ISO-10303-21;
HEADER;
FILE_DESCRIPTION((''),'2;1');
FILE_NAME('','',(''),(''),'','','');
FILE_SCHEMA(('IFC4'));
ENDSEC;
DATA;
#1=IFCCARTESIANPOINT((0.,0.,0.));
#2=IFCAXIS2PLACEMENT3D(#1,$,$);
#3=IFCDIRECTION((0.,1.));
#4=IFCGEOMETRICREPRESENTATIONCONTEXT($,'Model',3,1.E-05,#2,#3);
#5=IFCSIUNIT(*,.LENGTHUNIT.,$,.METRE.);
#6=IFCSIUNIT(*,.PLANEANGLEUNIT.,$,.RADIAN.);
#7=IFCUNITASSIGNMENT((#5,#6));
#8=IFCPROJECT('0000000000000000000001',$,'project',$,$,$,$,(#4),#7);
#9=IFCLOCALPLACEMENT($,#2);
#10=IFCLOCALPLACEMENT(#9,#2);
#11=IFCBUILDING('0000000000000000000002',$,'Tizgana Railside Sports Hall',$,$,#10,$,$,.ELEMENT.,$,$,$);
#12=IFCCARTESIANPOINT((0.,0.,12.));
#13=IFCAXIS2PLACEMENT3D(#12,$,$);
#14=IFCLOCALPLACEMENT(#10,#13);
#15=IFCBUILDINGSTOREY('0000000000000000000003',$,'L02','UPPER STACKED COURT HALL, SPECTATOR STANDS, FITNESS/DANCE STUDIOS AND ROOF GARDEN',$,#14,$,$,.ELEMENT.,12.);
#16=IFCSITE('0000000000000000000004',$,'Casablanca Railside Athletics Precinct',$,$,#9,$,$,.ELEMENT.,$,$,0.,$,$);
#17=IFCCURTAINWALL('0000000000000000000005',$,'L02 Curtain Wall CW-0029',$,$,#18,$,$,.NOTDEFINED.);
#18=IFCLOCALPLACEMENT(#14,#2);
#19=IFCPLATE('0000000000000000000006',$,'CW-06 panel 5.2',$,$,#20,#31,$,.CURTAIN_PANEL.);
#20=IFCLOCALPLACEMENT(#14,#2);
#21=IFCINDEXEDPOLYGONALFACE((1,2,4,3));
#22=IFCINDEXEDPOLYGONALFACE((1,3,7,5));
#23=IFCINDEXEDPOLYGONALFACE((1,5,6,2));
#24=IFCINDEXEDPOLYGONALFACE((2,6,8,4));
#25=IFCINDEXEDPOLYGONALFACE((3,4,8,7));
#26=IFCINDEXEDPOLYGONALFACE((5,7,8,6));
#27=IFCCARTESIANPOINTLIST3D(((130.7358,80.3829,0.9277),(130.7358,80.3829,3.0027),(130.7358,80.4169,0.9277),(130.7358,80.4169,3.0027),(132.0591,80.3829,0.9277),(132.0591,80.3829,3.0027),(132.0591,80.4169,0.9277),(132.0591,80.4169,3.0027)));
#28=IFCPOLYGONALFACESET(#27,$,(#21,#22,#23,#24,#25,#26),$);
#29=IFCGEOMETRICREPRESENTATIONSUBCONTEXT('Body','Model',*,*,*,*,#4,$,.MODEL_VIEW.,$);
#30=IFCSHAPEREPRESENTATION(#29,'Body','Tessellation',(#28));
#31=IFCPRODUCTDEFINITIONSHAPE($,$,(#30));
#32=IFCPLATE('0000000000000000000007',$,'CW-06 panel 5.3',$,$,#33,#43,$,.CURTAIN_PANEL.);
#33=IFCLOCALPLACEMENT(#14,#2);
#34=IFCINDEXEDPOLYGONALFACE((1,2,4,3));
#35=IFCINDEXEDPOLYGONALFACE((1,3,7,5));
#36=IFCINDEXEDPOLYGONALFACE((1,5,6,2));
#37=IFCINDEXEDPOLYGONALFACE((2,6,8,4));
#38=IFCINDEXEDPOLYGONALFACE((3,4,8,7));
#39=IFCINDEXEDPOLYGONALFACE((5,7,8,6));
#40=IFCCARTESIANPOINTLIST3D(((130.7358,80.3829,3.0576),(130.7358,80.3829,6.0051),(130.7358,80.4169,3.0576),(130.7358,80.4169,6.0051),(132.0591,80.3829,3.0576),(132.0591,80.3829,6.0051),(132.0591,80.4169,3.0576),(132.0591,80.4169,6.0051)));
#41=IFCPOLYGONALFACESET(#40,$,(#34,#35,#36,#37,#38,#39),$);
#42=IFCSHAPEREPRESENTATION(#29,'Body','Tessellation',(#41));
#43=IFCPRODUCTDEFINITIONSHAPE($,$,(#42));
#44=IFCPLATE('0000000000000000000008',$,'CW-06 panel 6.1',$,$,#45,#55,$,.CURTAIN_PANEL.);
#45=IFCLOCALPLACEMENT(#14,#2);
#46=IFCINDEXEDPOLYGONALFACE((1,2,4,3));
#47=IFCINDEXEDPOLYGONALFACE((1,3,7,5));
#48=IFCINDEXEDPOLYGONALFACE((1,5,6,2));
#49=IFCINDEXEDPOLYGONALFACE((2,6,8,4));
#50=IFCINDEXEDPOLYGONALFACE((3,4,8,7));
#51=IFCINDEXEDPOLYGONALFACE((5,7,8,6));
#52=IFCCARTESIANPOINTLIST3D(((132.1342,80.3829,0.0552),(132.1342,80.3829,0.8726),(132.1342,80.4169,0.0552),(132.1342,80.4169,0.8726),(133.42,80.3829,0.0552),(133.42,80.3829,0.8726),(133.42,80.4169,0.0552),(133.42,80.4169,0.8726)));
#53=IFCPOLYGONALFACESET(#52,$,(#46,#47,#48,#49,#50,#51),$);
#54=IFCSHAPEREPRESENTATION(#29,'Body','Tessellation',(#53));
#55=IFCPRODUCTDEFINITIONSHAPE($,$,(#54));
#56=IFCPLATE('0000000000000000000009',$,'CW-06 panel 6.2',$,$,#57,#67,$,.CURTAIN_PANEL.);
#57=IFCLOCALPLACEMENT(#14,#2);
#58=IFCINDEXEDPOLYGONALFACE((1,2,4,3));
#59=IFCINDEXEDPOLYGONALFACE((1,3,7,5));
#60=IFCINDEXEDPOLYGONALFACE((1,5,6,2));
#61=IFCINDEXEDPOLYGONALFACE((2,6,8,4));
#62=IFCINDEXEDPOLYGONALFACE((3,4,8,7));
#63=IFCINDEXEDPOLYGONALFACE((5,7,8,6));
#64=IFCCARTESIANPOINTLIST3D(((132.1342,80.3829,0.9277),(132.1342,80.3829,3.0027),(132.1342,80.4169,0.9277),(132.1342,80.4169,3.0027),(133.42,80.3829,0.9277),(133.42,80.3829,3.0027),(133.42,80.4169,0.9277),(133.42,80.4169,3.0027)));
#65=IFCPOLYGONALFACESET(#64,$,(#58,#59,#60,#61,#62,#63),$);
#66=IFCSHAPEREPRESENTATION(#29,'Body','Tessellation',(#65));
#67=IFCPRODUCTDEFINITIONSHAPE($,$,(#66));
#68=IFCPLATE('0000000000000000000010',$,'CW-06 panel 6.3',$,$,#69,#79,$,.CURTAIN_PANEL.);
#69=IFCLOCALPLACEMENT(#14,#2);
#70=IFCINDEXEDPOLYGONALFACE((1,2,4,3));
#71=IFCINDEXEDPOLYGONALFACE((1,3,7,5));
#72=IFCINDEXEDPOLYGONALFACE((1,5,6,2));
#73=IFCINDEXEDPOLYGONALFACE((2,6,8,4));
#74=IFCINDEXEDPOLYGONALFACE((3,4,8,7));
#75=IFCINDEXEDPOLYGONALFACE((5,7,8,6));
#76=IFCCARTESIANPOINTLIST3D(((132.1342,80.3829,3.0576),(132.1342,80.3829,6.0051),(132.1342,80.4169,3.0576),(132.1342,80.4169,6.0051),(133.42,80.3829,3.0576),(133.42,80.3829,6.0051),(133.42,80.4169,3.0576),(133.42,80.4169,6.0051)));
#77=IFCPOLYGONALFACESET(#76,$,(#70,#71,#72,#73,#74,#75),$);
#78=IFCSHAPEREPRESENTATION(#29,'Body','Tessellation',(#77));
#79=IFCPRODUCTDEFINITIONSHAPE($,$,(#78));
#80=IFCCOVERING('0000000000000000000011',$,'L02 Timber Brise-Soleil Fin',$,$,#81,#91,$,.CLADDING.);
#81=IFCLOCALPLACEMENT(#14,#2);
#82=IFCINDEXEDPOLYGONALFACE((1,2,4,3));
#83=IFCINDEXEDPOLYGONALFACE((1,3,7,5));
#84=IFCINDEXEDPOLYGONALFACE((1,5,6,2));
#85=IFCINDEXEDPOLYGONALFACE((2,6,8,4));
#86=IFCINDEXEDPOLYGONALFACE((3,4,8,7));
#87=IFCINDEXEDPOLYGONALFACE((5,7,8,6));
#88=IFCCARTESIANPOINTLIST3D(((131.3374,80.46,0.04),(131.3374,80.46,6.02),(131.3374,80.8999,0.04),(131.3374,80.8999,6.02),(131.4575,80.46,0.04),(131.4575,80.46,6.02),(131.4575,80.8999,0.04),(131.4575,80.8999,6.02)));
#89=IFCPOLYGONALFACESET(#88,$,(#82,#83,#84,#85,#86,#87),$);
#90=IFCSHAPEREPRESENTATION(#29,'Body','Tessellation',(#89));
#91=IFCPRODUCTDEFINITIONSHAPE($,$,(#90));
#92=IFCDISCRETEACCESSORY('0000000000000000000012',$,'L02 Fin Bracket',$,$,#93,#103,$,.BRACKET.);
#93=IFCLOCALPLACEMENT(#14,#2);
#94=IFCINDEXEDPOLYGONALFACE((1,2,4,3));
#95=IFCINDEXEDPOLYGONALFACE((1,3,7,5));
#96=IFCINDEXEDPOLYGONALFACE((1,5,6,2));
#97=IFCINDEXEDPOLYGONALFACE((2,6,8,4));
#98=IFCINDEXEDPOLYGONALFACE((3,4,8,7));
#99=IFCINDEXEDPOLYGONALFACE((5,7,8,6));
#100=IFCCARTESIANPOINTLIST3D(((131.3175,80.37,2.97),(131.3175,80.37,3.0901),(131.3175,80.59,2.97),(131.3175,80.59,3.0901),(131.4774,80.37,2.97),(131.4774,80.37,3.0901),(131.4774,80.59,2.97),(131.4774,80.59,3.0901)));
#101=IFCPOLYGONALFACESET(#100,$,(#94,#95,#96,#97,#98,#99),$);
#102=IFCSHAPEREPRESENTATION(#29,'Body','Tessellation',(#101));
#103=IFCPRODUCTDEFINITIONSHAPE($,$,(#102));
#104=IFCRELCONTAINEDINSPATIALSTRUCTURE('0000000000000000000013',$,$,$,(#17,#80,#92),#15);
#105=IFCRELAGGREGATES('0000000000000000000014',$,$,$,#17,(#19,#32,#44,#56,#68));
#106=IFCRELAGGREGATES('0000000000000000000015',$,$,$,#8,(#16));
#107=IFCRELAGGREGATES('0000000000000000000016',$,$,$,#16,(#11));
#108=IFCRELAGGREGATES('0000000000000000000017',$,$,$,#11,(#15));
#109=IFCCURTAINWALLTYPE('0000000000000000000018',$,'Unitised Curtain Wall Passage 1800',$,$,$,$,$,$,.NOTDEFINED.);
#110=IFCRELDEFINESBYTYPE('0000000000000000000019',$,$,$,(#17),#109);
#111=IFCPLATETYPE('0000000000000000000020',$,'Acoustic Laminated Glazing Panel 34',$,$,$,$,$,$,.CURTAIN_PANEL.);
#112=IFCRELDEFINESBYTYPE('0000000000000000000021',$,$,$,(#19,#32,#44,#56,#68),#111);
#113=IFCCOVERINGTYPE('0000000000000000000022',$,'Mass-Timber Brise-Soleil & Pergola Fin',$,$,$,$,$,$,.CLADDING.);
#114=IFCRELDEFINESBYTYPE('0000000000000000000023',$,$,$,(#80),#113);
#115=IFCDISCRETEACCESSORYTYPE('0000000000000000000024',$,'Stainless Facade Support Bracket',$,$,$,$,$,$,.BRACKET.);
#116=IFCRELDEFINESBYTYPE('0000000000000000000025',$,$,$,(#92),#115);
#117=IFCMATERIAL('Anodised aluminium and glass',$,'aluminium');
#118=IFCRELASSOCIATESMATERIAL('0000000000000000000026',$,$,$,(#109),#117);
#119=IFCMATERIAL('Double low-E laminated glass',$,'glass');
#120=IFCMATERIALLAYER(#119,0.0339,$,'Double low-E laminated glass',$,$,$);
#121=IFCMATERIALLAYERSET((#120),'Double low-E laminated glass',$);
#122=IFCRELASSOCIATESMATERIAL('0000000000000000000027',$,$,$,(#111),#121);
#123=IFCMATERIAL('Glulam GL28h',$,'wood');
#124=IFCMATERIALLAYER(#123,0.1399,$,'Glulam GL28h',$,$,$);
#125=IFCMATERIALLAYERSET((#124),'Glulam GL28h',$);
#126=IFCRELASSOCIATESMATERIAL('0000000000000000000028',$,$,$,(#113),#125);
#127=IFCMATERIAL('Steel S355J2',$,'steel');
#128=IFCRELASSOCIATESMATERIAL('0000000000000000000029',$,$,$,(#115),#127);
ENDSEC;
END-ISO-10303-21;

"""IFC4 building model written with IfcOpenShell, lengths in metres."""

from ifc_helpers import new_model, si_unit, direction, frame, origin, origin_2d, place, context, subcontext, project, spatial, rectangle, extrude, material, layer, layer_set, type_object, element, aggregate, save


model = new_model("IFC4")

# Units and contexts
model_context = context("Model", 3, precision=1e-05, world=origin(), true_north=direction((0.0, 1.0)))
body_context = subcontext(model_context, "Body", "Model", "MODEL_VIEW")
ifc_project = project(units=[si_unit("LENGTHUNIT", "METRE"), si_unit("PLANEANGLEUNIT", "RADIAN")], contexts=[model_context])

# Site, building, storey
site_placement = place(None, origin())
site = spatial("IfcSite", under=ifc_project, at=site_placement, Name="Casablanca Railside Athletics Precinct", CompositionType="ELEMENT", RefElevation=0.0)
building_placement = place(site_placement, origin())
building = spatial("IfcBuilding", under=site, at=building_placement, Name="Tizgana Railside Sports Hall", CompositionType="ELEMENT")
storey_placement = place(building_placement, frame((0.0, 0.0, 12.0)))
storey = spatial("IfcBuildingStorey", under=building, at=storey_placement, Name="L02", Description="UPPER STACKED COURT HALL, SPECTATOR STANDS, FITNESS/DANCE STUDIOS AND ROOF GARDEN", CompositionType="ELEMENT", Elevation=12.0)

# Shared definitions
ifc_material_1 = material(Name="Steel S355J2", Category="steel")

# Shared definitions
ifc_material_2 = material(Name="Anodised aluminium and glass", Category="aluminium")

# Curtain wall
curtain_wall_type_1 = type_object("IfcCurtainWallType", Name="Unitised Curtain Wall Passage 1800", PredefinedType="NOTDEFINED", material=ifc_material_2)
curtain_wall_1_placement = place(storey_placement, origin())
curtain_wall_1 = element("IfcCurtainWall", 1, at=curtain_wall_1_placement, inside=storey, type_object=curtain_wall_type_1, Name="L02 Curtain Wall CW-0029", PredefinedType="NOTDEFINED")

# Plates
ifc_material_3 = material(Name="Double low-E laminated glass", Category="glass")
ifc_layer_1 = layer(ifc_material_3, 0.0339, Name="Double low-E laminated glass")
ifc_layer_set_1 = layer_set([ifc_layer_1], Name="Double low-E laminated glass")
plate_type = type_object("IfcPlateType", Name="Acoustic Laminated Glazing Panel 34", PredefinedType="CURTAIN_PANEL", material=ifc_layer_set_1)
plate_1_placement = place(storey_placement, frame((131.3975, 80.3999, 0.9277), z_axis=(0.0, 0.0, 1.0), x_axis=(1.0, 0.0, 0.0)))
plate_1 = element("IfcPlate", 2, at=plate_1_placement, type_object=plate_type, Name="CW-06 panel 5.2", PredefinedType="CURTAIN_PANEL", context=body_context, shape_type="SweptSolid", body=[
    extrude(rectangle(XDim=1.3232, YDim=0.0339, at=origin_2d()), origin(), (0.0, 0.0, 1.0), 2.075),
])
plate_2_placement = place(storey_placement, frame((131.3975, 80.3999, 3.0576), z_axis=(0.0, 0.0, 1.0), x_axis=(1.0, 0.0, 0.0)))
plate_2 = element("IfcPlate", 3, at=plate_2_placement, type_object=plate_type, Name="CW-06 panel 5.3", PredefinedType="CURTAIN_PANEL", context=body_context, shape_type="SweptSolid", body=[
    extrude(rectangle(XDim=1.3232, YDim=0.0339, at=origin_2d()), origin(), (0.0, 0.0, 1.0), 2.9475),
])
plate_3_placement = place(storey_placement, frame((132.7771, 80.3999, 0.0552), z_axis=(0.0, 0.0, 1.0), x_axis=(1.0, 0.0, 0.0)))
plate_3 = element("IfcPlate", 4, at=plate_3_placement, type_object=plate_type, Name="CW-06 panel 6.1", PredefinedType="CURTAIN_PANEL", context=body_context, shape_type="SweptSolid", body=[
    extrude(rectangle(XDim=1.2859, YDim=0.0339, at=origin_2d()), origin(), (0.0, 0.0, 1.0), 0.8174),
])
plate_4_placement = place(storey_placement, frame((132.7771, 80.3999, 0.9277), z_axis=(0.0, 0.0, 1.0), x_axis=(1.0, 0.0, 0.0)))
plate_4 = element("IfcPlate", 5, at=plate_4_placement, type_object=plate_type, Name="CW-06 panel 6.2", PredefinedType="CURTAIN_PANEL", context=body_context, shape_type="SweptSolid", body=[
    extrude(rectangle(XDim=1.2859, YDim=0.0339, at=origin_2d()), origin(), (0.0, 0.0, 1.0), 2.075),
])
plate_5_placement = place(storey_placement, frame((132.7771, 80.3999, 3.0576), z_axis=(0.0, 0.0, 1.0), x_axis=(1.0, 0.0, 0.0)))
plate_5 = element("IfcPlate", 6, at=plate_5_placement, type_object=plate_type, Name="CW-06 panel 6.3", PredefinedType="CURTAIN_PANEL", context=body_context, shape_type="SweptSolid", body=[
    extrude(rectangle(XDim=1.2859, YDim=0.0339, at=origin_2d()), origin(), (0.0, 0.0, 1.0), 2.9475),
])
aggregate(curtain_wall_1, [plate_1, plate_2, plate_3, plate_4, plate_5])

# Covering
ifc_material_4 = material(Name="Glulam GL28h", Category="wood")
ifc_layer_2 = layer(ifc_material_4, 0.1399, Name="Glulam GL28h")
ifc_layer_set_2 = layer_set([ifc_layer_2], Name="Glulam GL28h")
covering_type = type_object("IfcCoveringType", Name="Mass-Timber Brise-Soleil & Pergola Fin", PredefinedType="CLADDING", material=ifc_layer_set_2)
covering_placement = place(storey_placement, frame((131.3975, 80.6799, 0.04), z_axis=(0.0, 0.0, 1.0), x_axis=(1.0, 0.0, 0.0)))
element("IfcCovering", 7, at=covering_placement, inside=storey, type_object=covering_type, Name="L02 Timber Brise-Soleil Fin", PredefinedType="CLADDING", context=body_context, shape_type="SweptSolid", body=[
    extrude(rectangle(XDim=0.1201, YDim=0.4399, at=origin_2d()), origin(), (0.0, 0.0, 1.0), 5.98),
])

# Discrete accessory
discrete_accessory_type = type_object("IfcDiscreteAccessoryType", Name="Stainless Facade Support Bracket", PredefinedType="BRACKET", material=ifc_material_1)
discrete_accessory_placement = place(storey_placement, frame((131.3975, 80.48, 2.97), z_axis=(0.0, 0.0, 1.0), x_axis=(1.0, 0.0, 0.0)))
element("IfcDiscreteAccessory", 8, at=discrete_accessory_placement, inside=storey, type_object=discrete_accessory_type, Name="L02 Fin Bracket", PredefinedType="BRACKET", context=body_context, shape_type="SweptSolid", body=[
    extrude(rectangle(XDim=0.1599, YDim=0.22, at=origin_2d()), origin(), (0.0, 0.0, 1.0), 0.1201),
])

save(model, "model.ifc")
